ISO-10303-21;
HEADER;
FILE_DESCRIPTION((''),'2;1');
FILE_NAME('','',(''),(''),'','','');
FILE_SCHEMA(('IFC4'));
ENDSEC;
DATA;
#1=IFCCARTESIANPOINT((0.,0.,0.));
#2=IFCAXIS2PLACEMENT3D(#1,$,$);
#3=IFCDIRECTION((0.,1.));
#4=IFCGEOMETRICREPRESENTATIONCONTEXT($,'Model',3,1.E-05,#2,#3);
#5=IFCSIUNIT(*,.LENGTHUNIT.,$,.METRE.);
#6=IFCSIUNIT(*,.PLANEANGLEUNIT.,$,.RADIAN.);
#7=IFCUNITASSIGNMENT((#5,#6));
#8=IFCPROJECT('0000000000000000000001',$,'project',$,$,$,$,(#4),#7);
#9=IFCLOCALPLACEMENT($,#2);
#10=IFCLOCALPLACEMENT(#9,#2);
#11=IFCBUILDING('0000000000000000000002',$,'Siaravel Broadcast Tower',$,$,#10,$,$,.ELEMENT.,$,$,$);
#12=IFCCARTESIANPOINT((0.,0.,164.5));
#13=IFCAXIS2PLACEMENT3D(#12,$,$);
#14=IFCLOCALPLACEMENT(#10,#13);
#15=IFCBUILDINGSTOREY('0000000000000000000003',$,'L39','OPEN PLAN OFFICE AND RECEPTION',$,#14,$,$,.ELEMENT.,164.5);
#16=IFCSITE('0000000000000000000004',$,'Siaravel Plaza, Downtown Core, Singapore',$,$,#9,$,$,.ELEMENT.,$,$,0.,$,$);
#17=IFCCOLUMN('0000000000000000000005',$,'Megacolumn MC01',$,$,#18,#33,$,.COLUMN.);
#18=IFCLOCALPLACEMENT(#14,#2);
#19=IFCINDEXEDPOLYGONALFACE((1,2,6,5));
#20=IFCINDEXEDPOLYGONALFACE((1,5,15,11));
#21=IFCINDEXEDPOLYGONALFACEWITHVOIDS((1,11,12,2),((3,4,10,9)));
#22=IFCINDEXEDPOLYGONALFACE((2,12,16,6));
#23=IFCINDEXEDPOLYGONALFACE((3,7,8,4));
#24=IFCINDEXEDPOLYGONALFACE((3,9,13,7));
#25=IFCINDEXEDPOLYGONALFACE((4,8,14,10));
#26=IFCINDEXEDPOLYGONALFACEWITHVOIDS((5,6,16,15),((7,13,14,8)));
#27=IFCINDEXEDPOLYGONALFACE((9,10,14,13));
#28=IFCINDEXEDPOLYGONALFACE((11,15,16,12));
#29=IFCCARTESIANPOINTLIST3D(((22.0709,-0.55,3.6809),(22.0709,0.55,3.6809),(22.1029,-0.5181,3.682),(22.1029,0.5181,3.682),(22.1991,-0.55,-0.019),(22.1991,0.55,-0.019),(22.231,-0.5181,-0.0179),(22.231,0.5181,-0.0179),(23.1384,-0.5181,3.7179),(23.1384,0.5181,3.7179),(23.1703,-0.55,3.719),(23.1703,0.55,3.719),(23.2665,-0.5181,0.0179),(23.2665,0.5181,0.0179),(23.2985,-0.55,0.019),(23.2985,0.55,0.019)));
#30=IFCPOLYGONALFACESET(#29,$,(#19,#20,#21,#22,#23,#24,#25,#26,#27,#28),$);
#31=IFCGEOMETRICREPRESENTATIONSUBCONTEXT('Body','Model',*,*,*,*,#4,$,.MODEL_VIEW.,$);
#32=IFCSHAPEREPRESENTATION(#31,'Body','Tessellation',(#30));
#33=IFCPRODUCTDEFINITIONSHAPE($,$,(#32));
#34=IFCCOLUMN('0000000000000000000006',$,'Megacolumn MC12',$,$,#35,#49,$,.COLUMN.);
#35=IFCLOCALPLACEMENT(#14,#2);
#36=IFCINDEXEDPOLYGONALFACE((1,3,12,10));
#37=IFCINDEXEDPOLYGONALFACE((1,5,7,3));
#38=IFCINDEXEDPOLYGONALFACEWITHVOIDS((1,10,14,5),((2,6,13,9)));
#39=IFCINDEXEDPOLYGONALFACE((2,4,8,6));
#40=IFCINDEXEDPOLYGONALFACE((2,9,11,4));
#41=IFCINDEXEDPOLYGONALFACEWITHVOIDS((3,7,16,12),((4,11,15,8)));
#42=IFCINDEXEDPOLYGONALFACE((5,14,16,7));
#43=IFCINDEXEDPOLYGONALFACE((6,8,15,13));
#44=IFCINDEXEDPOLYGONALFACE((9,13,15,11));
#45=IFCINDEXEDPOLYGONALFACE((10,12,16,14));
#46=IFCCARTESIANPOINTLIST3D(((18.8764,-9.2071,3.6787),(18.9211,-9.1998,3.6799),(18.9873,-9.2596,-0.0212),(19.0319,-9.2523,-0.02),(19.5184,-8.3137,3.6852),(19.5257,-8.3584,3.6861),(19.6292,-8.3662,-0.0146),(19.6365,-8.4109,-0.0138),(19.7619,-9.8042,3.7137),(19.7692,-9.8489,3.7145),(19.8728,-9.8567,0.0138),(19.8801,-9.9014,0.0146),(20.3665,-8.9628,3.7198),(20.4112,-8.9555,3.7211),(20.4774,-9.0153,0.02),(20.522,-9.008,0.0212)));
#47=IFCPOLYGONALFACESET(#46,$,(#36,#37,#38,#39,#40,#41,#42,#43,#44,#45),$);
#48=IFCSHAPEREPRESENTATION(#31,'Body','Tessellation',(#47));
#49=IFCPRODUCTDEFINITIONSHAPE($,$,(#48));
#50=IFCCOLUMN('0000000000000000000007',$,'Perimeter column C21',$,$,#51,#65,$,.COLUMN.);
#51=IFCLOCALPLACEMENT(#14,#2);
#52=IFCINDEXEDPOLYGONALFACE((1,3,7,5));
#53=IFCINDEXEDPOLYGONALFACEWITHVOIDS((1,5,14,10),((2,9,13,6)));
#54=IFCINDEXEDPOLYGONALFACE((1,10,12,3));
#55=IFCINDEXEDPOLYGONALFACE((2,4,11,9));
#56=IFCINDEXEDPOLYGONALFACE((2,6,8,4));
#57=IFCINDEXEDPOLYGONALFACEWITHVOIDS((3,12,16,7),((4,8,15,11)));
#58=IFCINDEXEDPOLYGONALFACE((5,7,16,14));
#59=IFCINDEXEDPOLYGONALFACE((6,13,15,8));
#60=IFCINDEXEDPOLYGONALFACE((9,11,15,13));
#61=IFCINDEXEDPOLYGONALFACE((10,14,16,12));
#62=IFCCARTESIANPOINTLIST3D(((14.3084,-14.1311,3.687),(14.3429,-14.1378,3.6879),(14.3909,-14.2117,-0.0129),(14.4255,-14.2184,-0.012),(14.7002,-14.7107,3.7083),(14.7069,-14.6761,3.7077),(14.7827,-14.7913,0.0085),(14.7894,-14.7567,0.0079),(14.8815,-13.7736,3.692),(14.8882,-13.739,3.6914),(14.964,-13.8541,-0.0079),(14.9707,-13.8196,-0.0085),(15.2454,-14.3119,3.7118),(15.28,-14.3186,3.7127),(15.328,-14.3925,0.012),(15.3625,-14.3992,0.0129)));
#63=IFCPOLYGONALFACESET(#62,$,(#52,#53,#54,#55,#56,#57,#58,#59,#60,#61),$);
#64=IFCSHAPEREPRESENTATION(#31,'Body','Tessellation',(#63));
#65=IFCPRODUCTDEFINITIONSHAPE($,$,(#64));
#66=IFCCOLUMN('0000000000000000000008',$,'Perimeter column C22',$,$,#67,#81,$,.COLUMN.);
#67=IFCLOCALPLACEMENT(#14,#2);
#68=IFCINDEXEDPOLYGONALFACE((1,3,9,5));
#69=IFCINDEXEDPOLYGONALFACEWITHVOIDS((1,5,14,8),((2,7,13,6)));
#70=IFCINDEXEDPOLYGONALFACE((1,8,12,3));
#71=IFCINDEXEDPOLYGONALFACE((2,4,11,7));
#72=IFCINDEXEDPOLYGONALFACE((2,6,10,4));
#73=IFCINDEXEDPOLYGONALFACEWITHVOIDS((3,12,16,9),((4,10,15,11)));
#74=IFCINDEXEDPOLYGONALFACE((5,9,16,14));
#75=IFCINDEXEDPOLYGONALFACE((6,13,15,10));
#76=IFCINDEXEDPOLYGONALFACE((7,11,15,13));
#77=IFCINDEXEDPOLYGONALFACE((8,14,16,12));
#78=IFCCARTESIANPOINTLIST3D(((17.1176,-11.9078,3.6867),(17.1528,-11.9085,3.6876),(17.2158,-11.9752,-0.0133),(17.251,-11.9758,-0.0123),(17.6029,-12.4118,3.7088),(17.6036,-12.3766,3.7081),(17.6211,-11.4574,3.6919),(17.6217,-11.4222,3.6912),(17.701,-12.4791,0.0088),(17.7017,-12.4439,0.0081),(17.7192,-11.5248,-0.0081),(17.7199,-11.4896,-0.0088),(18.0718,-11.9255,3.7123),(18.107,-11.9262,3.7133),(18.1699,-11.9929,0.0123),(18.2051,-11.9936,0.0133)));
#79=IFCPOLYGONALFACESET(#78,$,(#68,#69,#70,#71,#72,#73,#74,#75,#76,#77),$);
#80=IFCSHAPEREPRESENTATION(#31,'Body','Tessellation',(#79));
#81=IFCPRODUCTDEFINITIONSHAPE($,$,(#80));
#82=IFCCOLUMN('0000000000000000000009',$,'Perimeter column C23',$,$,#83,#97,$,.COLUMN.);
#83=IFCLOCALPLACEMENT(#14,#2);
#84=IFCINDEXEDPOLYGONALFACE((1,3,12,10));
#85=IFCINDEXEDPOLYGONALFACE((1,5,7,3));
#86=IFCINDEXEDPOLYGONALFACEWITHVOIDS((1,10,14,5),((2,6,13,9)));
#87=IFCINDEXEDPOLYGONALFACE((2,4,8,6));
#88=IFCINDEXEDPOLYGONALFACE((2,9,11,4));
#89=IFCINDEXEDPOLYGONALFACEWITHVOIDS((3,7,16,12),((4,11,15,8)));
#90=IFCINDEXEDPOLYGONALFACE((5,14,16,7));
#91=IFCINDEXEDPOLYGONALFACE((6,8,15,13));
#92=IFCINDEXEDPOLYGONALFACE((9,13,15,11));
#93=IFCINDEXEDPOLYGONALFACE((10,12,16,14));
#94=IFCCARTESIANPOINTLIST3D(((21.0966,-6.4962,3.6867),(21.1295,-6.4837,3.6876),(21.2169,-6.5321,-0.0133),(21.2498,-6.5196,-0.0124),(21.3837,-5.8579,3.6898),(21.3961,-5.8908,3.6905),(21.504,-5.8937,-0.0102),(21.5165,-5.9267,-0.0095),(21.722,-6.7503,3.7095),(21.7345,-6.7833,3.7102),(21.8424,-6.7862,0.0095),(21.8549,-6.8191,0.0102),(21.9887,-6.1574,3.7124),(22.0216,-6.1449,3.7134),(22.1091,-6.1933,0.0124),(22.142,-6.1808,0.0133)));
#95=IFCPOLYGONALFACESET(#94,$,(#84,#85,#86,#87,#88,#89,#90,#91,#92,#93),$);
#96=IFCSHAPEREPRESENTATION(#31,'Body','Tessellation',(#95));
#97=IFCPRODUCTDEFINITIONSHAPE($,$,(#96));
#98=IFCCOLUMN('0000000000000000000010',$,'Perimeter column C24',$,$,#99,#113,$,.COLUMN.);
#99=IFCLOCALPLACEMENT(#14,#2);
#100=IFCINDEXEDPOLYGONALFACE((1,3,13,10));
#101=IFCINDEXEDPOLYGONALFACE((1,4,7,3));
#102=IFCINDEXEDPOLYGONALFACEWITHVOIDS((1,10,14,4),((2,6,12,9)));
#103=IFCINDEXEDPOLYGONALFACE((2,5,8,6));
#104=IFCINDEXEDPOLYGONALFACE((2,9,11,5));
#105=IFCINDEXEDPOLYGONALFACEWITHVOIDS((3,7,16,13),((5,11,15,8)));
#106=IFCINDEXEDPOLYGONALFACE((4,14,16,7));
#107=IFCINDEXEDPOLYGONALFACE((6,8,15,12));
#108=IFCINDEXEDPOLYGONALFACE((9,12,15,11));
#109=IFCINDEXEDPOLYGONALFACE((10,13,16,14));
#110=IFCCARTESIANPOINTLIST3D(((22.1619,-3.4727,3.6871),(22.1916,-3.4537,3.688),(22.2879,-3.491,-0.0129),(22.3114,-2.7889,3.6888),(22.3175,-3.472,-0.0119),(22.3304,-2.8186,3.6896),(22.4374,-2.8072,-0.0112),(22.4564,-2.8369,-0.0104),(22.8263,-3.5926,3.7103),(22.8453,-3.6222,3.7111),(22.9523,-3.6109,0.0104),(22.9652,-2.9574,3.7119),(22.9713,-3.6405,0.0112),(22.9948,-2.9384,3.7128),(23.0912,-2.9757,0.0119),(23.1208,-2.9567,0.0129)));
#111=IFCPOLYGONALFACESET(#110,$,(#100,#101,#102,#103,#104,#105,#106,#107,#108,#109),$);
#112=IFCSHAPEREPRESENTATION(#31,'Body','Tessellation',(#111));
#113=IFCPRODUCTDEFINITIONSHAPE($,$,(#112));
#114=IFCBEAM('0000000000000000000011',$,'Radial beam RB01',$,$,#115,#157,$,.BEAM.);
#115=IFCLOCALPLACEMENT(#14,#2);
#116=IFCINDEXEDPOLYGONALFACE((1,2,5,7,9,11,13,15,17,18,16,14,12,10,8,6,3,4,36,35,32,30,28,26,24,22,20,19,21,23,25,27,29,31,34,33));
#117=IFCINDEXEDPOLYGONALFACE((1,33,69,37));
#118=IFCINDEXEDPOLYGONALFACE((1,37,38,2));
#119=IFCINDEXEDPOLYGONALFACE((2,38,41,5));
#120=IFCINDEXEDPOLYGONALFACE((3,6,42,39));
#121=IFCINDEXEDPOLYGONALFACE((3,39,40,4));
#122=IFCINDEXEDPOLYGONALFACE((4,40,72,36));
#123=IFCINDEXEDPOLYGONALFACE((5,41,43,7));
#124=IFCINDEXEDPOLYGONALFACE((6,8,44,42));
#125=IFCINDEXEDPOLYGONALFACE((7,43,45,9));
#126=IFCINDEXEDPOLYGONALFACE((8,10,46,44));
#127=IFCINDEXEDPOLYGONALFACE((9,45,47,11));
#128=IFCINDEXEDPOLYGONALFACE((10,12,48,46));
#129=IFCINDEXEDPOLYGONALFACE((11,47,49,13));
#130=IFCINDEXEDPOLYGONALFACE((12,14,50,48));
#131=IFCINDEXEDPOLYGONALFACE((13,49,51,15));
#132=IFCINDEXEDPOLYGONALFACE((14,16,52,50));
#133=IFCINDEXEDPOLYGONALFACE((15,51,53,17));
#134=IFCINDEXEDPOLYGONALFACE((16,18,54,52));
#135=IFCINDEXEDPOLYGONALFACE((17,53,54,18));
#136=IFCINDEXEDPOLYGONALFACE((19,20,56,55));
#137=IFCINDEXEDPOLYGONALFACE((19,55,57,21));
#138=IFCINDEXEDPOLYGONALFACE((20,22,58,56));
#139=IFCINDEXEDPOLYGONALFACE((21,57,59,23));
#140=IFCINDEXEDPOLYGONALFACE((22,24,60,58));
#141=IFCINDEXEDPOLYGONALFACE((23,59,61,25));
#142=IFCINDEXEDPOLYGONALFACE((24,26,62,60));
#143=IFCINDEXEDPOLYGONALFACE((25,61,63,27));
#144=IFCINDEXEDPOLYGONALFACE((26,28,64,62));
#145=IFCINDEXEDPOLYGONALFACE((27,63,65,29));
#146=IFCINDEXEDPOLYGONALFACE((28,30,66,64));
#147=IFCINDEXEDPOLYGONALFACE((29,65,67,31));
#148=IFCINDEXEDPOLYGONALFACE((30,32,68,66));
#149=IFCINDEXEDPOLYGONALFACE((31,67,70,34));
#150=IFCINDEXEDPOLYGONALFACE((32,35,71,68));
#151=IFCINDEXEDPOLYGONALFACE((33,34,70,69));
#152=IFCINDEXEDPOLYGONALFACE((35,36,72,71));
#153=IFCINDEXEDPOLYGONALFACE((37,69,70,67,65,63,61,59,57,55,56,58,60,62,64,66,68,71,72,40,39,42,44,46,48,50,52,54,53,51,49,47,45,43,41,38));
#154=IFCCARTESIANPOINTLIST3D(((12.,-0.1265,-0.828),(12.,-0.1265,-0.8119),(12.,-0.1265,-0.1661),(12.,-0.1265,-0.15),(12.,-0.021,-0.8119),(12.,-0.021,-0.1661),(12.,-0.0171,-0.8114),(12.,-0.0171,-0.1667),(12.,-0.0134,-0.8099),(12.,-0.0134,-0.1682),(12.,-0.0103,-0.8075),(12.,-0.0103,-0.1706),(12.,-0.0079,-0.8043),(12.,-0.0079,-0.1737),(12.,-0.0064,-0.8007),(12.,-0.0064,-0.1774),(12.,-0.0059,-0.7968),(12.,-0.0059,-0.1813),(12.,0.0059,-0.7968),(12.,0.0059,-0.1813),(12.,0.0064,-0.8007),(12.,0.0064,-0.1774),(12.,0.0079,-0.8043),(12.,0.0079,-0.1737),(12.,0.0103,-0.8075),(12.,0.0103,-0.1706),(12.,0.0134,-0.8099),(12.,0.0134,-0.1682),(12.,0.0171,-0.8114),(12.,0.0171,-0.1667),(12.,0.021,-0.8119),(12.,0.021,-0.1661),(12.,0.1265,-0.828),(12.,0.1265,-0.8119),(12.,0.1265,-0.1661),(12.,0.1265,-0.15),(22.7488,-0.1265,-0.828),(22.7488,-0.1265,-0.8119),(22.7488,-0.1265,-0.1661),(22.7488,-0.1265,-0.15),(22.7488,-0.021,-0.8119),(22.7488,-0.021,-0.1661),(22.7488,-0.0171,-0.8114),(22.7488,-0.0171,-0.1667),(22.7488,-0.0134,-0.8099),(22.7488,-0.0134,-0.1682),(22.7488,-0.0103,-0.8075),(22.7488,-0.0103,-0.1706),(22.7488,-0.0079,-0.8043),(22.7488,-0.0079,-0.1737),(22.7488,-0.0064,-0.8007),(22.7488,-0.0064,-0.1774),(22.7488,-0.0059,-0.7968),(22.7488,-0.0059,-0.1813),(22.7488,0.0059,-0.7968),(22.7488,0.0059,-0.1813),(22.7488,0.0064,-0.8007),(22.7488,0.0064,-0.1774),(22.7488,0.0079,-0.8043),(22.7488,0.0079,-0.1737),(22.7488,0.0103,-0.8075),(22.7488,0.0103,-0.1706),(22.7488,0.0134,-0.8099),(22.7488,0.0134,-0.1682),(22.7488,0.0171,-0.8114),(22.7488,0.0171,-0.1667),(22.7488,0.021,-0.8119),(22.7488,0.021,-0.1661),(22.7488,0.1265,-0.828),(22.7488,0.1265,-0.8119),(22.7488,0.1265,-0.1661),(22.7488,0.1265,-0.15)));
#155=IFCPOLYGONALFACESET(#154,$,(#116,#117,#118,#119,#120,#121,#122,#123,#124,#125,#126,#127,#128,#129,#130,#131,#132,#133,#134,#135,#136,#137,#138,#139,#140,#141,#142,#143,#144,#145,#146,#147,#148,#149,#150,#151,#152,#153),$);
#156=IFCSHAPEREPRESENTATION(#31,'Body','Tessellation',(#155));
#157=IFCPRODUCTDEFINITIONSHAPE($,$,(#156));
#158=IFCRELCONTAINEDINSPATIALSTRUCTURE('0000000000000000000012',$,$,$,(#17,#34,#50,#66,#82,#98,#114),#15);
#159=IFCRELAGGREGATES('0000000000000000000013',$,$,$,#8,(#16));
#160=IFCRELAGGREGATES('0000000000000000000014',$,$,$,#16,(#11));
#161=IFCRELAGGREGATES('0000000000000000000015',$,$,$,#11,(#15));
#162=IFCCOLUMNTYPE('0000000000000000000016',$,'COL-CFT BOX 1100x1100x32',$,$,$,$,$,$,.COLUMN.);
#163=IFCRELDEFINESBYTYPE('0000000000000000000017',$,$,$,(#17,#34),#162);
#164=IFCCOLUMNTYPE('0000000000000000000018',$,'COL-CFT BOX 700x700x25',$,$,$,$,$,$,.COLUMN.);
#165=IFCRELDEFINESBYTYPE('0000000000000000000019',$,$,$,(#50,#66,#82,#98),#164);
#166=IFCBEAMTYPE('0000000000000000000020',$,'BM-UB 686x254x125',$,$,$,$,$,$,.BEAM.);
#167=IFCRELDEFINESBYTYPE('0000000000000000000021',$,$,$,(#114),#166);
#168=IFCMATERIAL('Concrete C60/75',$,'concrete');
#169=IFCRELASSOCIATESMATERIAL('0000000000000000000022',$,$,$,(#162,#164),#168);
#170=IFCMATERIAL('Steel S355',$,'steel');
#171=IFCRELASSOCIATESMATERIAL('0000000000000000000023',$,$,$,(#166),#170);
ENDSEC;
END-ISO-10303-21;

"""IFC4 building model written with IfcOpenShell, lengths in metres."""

from ifc_helpers import new_model, si_unit, direction, frame, origin, origin_2d, place, context, subcontext, project, spatial, hollow_rectangle, i_section, extrude, material, material_profile, profile_set, type_object, element, save


model = new_model("IFC4")

# Units and contexts
model_context = context("Model", 3, precision=1e-05, world=origin(), true_north=direction((0.0, 1.0)))
body_context = subcontext(model_context, "Body", "Model", "MODEL_VIEW")
ifc_project = project(units=[si_unit("LENGTHUNIT", "METRE"), si_unit("PLANEANGLEUNIT", "RADIAN")], contexts=[model_context])

# Site, building, storey
site_placement = place(None, origin())
site = spatial("IfcSite", under=ifc_project, at=site_placement, Name="Siaravel Plaza, Downtown Core, Singapore", CompositionType="ELEMENT", RefElevation=0.0)
building_placement = place(site_placement, origin())
building = spatial("IfcBuilding", under=site, at=building_placement, Name="Siaravel Broadcast Tower", CompositionType="ELEMENT")
storey_placement = place(building_placement, frame((0.0, 0.0, 164.5)))
storey = spatial("IfcBuildingStorey", under=building, at=storey_placement, Name="L39", Description="OPEN PLAN OFFICE AND RECEPTION", CompositionType="ELEMENT", Elevation=164.5)

# Columns
ifc_material_1 = material(Name="Concrete C60/75", Category="concrete")
ifc_material_profile_1 = material_profile(ifc_material_1, hollow_rectangle(XDim=1.1001, YDim=1.1001, WallThickness=0.032, at=origin_2d()))
ifc_profile_set_1 = profile_set([ifc_material_profile_1], Name="Concrete C60/75")
column_type_1 = type_object("IfcColumnType", Name="COL-CFT BOX 1100x1100x32", PredefinedType="COLUMN", material=ifc_profile_set_1)
column_1_placement = place(storey_placement, frame((22.7488, 0.0, 0.0), z_axis=(-0.034621, 0.0, 0.999401), x_axis=(0.0, -1.0, 0.0)))
element("IfcColumn", 1, at=column_1_placement, inside=storey, type_object=column_type_1, Name="Megacolumn MC01", PredefinedType="COLUMN", context=body_context, shape_type="SweptSolid", body=[
    extrude(hollow_rectangle(XDim=1.1001, YDim=1.1001, WallThickness=0.032, at=origin_2d()), origin(), (0.0, 0.0, 1.0), 3.7021),
])
column_2_placement = place(storey_placement, frame((19.7546, -9.1338, 0.0), z_axis=(-0.029941, 0.014179, 0.999451), x_axis=(-0.583519, -0.812077, -0.00596)))
element("IfcColumn", 2, at=column_2_placement, inside=storey, type_object=column_type_1, Name="Megacolumn MC12", PredefinedType="COLUMN", context=body_context, shape_type="SweptSolid", body=[
    extrude(hollow_rectangle(XDim=1.1001, YDim=1.1001, WallThickness=0.032, at=origin_2d()), origin(), (0.0, 0.0, 1.0), 3.7019),
])
ifc_material_profile_2 = material_profile(ifc_material_1, hollow_rectangle(XDim=0.7, YDim=0.7, WallThickness=0.0249, at=origin_2d()))
ifc_profile_set_2 = profile_set([ifc_material_profile_2], Name="Concrete C60/75")
column_type_2 = type_object("IfcColumnType", Name="COL-CFT BOX 700x700x25", PredefinedType="COLUMN", material=ifc_profile_set_2)
column_3_placement = place(storey_placement, frame((14.8767, -14.3054, 0.0), z_axis=(-0.022292, 0.021764, 0.999515), x_axis=(-0.828322, -0.560218, -0.006275)))
element("IfcColumn", 3, at=column_3_placement, inside=storey, type_object=column_type_2, Name="Perimeter column C21", PredefinedType="COLUMN", context=body_context, shape_type="SweptSolid", body=[
    extrude(hollow_rectangle(XDim=0.7, YDim=0.7, WallThickness=0.0249, at=origin_2d()), origin(), (0.0, 0.0, 1.0), 3.7017),
])
column_4_placement = place(storey_placement, frame((17.7104, -11.9844, 0.0), z_axis=(-0.026512, 0.018202, 0.999483), x_axis=(-0.72019, -0.693747, -0.006469)))
element("IfcColumn", 4, at=column_4_placement, inside=storey, type_object=column_type_2, Name="Perimeter column C22", PredefinedType="COLUMN", context=body_context, shape_type="SweptSolid", body=[
    extrude(hollow_rectangle(XDim=0.7, YDim=0.7, WallThickness=0.0249, at=origin_2d()), origin(), (0.0, 0.0, 1.0), 3.7019),
])
for number, where, z_axis, x_axis, name in (
    (5, (21.6794, -6.3564, 0.0), (-0.032512, 0.009694, 0.999424), (-0.410172, -0.911997, -0.004497), "Perimeter column C23"),
    (6, (22.7043, -3.2239, 0.0), (-0.034028, 0.004946, 0.999409), (-0.213619, -0.976914, -0.002439), "Perimeter column C24"),
):
    element("IfcColumn", number, at=place(storey_placement, frame(where, z_axis=z_axis, x_axis=x_axis)), inside=storey, type_object=column_type_2, Name=name, PredefinedType="COLUMN", context=body_context, shape_type="SweptSolid", body=[
        extrude(hollow_rectangle(XDim=0.7, YDim=0.7, WallThickness=0.0249, at=origin_2d()), origin(), (0.0, 0.0, 1.0), 3.7021),
    ])

# Beam
ifc_material_2 = material(Name="Steel S355", Category="steel")
ifc_material_profile_3 = material_profile(ifc_material_2, i_section(OverallWidth=0.2529, OverallDepth=0.678, WebThickness=0.0117, FlangeThickness=0.0161, FilletRadius=0.0151, at=origin_2d()))
ifc_profile_set_3 = profile_set([ifc_material_profile_3], Name="Steel S355")
beam_type = type_object("IfcBeamType", Name="BM-UB 686x254x125", PredefinedType="BEAM", material=ifc_profile_set_3)
beam_1_placement = place(storey_placement, frame((22.7488, 0.0, -0.489), z_axis=(-1.0, 0.0, 0.0), x_axis=(0.0, -1.0, 0.0)))
element("IfcBeam", 7, at=beam_1_placement, inside=storey, type_object=beam_type, Name="Radial beam RB01", PredefinedType="BEAM", context=body_context, shape_type="SweptSolid", body=[
    extrude(i_section(OverallWidth=0.2529, OverallDepth=0.678, WebThickness=0.0117, FlangeThickness=0.0161, FilletRadius=0.0151, at=origin_2d()), origin(), (0.0, 0.0, 1.0), 10.7488),
])

save(model, "model.ifc")
